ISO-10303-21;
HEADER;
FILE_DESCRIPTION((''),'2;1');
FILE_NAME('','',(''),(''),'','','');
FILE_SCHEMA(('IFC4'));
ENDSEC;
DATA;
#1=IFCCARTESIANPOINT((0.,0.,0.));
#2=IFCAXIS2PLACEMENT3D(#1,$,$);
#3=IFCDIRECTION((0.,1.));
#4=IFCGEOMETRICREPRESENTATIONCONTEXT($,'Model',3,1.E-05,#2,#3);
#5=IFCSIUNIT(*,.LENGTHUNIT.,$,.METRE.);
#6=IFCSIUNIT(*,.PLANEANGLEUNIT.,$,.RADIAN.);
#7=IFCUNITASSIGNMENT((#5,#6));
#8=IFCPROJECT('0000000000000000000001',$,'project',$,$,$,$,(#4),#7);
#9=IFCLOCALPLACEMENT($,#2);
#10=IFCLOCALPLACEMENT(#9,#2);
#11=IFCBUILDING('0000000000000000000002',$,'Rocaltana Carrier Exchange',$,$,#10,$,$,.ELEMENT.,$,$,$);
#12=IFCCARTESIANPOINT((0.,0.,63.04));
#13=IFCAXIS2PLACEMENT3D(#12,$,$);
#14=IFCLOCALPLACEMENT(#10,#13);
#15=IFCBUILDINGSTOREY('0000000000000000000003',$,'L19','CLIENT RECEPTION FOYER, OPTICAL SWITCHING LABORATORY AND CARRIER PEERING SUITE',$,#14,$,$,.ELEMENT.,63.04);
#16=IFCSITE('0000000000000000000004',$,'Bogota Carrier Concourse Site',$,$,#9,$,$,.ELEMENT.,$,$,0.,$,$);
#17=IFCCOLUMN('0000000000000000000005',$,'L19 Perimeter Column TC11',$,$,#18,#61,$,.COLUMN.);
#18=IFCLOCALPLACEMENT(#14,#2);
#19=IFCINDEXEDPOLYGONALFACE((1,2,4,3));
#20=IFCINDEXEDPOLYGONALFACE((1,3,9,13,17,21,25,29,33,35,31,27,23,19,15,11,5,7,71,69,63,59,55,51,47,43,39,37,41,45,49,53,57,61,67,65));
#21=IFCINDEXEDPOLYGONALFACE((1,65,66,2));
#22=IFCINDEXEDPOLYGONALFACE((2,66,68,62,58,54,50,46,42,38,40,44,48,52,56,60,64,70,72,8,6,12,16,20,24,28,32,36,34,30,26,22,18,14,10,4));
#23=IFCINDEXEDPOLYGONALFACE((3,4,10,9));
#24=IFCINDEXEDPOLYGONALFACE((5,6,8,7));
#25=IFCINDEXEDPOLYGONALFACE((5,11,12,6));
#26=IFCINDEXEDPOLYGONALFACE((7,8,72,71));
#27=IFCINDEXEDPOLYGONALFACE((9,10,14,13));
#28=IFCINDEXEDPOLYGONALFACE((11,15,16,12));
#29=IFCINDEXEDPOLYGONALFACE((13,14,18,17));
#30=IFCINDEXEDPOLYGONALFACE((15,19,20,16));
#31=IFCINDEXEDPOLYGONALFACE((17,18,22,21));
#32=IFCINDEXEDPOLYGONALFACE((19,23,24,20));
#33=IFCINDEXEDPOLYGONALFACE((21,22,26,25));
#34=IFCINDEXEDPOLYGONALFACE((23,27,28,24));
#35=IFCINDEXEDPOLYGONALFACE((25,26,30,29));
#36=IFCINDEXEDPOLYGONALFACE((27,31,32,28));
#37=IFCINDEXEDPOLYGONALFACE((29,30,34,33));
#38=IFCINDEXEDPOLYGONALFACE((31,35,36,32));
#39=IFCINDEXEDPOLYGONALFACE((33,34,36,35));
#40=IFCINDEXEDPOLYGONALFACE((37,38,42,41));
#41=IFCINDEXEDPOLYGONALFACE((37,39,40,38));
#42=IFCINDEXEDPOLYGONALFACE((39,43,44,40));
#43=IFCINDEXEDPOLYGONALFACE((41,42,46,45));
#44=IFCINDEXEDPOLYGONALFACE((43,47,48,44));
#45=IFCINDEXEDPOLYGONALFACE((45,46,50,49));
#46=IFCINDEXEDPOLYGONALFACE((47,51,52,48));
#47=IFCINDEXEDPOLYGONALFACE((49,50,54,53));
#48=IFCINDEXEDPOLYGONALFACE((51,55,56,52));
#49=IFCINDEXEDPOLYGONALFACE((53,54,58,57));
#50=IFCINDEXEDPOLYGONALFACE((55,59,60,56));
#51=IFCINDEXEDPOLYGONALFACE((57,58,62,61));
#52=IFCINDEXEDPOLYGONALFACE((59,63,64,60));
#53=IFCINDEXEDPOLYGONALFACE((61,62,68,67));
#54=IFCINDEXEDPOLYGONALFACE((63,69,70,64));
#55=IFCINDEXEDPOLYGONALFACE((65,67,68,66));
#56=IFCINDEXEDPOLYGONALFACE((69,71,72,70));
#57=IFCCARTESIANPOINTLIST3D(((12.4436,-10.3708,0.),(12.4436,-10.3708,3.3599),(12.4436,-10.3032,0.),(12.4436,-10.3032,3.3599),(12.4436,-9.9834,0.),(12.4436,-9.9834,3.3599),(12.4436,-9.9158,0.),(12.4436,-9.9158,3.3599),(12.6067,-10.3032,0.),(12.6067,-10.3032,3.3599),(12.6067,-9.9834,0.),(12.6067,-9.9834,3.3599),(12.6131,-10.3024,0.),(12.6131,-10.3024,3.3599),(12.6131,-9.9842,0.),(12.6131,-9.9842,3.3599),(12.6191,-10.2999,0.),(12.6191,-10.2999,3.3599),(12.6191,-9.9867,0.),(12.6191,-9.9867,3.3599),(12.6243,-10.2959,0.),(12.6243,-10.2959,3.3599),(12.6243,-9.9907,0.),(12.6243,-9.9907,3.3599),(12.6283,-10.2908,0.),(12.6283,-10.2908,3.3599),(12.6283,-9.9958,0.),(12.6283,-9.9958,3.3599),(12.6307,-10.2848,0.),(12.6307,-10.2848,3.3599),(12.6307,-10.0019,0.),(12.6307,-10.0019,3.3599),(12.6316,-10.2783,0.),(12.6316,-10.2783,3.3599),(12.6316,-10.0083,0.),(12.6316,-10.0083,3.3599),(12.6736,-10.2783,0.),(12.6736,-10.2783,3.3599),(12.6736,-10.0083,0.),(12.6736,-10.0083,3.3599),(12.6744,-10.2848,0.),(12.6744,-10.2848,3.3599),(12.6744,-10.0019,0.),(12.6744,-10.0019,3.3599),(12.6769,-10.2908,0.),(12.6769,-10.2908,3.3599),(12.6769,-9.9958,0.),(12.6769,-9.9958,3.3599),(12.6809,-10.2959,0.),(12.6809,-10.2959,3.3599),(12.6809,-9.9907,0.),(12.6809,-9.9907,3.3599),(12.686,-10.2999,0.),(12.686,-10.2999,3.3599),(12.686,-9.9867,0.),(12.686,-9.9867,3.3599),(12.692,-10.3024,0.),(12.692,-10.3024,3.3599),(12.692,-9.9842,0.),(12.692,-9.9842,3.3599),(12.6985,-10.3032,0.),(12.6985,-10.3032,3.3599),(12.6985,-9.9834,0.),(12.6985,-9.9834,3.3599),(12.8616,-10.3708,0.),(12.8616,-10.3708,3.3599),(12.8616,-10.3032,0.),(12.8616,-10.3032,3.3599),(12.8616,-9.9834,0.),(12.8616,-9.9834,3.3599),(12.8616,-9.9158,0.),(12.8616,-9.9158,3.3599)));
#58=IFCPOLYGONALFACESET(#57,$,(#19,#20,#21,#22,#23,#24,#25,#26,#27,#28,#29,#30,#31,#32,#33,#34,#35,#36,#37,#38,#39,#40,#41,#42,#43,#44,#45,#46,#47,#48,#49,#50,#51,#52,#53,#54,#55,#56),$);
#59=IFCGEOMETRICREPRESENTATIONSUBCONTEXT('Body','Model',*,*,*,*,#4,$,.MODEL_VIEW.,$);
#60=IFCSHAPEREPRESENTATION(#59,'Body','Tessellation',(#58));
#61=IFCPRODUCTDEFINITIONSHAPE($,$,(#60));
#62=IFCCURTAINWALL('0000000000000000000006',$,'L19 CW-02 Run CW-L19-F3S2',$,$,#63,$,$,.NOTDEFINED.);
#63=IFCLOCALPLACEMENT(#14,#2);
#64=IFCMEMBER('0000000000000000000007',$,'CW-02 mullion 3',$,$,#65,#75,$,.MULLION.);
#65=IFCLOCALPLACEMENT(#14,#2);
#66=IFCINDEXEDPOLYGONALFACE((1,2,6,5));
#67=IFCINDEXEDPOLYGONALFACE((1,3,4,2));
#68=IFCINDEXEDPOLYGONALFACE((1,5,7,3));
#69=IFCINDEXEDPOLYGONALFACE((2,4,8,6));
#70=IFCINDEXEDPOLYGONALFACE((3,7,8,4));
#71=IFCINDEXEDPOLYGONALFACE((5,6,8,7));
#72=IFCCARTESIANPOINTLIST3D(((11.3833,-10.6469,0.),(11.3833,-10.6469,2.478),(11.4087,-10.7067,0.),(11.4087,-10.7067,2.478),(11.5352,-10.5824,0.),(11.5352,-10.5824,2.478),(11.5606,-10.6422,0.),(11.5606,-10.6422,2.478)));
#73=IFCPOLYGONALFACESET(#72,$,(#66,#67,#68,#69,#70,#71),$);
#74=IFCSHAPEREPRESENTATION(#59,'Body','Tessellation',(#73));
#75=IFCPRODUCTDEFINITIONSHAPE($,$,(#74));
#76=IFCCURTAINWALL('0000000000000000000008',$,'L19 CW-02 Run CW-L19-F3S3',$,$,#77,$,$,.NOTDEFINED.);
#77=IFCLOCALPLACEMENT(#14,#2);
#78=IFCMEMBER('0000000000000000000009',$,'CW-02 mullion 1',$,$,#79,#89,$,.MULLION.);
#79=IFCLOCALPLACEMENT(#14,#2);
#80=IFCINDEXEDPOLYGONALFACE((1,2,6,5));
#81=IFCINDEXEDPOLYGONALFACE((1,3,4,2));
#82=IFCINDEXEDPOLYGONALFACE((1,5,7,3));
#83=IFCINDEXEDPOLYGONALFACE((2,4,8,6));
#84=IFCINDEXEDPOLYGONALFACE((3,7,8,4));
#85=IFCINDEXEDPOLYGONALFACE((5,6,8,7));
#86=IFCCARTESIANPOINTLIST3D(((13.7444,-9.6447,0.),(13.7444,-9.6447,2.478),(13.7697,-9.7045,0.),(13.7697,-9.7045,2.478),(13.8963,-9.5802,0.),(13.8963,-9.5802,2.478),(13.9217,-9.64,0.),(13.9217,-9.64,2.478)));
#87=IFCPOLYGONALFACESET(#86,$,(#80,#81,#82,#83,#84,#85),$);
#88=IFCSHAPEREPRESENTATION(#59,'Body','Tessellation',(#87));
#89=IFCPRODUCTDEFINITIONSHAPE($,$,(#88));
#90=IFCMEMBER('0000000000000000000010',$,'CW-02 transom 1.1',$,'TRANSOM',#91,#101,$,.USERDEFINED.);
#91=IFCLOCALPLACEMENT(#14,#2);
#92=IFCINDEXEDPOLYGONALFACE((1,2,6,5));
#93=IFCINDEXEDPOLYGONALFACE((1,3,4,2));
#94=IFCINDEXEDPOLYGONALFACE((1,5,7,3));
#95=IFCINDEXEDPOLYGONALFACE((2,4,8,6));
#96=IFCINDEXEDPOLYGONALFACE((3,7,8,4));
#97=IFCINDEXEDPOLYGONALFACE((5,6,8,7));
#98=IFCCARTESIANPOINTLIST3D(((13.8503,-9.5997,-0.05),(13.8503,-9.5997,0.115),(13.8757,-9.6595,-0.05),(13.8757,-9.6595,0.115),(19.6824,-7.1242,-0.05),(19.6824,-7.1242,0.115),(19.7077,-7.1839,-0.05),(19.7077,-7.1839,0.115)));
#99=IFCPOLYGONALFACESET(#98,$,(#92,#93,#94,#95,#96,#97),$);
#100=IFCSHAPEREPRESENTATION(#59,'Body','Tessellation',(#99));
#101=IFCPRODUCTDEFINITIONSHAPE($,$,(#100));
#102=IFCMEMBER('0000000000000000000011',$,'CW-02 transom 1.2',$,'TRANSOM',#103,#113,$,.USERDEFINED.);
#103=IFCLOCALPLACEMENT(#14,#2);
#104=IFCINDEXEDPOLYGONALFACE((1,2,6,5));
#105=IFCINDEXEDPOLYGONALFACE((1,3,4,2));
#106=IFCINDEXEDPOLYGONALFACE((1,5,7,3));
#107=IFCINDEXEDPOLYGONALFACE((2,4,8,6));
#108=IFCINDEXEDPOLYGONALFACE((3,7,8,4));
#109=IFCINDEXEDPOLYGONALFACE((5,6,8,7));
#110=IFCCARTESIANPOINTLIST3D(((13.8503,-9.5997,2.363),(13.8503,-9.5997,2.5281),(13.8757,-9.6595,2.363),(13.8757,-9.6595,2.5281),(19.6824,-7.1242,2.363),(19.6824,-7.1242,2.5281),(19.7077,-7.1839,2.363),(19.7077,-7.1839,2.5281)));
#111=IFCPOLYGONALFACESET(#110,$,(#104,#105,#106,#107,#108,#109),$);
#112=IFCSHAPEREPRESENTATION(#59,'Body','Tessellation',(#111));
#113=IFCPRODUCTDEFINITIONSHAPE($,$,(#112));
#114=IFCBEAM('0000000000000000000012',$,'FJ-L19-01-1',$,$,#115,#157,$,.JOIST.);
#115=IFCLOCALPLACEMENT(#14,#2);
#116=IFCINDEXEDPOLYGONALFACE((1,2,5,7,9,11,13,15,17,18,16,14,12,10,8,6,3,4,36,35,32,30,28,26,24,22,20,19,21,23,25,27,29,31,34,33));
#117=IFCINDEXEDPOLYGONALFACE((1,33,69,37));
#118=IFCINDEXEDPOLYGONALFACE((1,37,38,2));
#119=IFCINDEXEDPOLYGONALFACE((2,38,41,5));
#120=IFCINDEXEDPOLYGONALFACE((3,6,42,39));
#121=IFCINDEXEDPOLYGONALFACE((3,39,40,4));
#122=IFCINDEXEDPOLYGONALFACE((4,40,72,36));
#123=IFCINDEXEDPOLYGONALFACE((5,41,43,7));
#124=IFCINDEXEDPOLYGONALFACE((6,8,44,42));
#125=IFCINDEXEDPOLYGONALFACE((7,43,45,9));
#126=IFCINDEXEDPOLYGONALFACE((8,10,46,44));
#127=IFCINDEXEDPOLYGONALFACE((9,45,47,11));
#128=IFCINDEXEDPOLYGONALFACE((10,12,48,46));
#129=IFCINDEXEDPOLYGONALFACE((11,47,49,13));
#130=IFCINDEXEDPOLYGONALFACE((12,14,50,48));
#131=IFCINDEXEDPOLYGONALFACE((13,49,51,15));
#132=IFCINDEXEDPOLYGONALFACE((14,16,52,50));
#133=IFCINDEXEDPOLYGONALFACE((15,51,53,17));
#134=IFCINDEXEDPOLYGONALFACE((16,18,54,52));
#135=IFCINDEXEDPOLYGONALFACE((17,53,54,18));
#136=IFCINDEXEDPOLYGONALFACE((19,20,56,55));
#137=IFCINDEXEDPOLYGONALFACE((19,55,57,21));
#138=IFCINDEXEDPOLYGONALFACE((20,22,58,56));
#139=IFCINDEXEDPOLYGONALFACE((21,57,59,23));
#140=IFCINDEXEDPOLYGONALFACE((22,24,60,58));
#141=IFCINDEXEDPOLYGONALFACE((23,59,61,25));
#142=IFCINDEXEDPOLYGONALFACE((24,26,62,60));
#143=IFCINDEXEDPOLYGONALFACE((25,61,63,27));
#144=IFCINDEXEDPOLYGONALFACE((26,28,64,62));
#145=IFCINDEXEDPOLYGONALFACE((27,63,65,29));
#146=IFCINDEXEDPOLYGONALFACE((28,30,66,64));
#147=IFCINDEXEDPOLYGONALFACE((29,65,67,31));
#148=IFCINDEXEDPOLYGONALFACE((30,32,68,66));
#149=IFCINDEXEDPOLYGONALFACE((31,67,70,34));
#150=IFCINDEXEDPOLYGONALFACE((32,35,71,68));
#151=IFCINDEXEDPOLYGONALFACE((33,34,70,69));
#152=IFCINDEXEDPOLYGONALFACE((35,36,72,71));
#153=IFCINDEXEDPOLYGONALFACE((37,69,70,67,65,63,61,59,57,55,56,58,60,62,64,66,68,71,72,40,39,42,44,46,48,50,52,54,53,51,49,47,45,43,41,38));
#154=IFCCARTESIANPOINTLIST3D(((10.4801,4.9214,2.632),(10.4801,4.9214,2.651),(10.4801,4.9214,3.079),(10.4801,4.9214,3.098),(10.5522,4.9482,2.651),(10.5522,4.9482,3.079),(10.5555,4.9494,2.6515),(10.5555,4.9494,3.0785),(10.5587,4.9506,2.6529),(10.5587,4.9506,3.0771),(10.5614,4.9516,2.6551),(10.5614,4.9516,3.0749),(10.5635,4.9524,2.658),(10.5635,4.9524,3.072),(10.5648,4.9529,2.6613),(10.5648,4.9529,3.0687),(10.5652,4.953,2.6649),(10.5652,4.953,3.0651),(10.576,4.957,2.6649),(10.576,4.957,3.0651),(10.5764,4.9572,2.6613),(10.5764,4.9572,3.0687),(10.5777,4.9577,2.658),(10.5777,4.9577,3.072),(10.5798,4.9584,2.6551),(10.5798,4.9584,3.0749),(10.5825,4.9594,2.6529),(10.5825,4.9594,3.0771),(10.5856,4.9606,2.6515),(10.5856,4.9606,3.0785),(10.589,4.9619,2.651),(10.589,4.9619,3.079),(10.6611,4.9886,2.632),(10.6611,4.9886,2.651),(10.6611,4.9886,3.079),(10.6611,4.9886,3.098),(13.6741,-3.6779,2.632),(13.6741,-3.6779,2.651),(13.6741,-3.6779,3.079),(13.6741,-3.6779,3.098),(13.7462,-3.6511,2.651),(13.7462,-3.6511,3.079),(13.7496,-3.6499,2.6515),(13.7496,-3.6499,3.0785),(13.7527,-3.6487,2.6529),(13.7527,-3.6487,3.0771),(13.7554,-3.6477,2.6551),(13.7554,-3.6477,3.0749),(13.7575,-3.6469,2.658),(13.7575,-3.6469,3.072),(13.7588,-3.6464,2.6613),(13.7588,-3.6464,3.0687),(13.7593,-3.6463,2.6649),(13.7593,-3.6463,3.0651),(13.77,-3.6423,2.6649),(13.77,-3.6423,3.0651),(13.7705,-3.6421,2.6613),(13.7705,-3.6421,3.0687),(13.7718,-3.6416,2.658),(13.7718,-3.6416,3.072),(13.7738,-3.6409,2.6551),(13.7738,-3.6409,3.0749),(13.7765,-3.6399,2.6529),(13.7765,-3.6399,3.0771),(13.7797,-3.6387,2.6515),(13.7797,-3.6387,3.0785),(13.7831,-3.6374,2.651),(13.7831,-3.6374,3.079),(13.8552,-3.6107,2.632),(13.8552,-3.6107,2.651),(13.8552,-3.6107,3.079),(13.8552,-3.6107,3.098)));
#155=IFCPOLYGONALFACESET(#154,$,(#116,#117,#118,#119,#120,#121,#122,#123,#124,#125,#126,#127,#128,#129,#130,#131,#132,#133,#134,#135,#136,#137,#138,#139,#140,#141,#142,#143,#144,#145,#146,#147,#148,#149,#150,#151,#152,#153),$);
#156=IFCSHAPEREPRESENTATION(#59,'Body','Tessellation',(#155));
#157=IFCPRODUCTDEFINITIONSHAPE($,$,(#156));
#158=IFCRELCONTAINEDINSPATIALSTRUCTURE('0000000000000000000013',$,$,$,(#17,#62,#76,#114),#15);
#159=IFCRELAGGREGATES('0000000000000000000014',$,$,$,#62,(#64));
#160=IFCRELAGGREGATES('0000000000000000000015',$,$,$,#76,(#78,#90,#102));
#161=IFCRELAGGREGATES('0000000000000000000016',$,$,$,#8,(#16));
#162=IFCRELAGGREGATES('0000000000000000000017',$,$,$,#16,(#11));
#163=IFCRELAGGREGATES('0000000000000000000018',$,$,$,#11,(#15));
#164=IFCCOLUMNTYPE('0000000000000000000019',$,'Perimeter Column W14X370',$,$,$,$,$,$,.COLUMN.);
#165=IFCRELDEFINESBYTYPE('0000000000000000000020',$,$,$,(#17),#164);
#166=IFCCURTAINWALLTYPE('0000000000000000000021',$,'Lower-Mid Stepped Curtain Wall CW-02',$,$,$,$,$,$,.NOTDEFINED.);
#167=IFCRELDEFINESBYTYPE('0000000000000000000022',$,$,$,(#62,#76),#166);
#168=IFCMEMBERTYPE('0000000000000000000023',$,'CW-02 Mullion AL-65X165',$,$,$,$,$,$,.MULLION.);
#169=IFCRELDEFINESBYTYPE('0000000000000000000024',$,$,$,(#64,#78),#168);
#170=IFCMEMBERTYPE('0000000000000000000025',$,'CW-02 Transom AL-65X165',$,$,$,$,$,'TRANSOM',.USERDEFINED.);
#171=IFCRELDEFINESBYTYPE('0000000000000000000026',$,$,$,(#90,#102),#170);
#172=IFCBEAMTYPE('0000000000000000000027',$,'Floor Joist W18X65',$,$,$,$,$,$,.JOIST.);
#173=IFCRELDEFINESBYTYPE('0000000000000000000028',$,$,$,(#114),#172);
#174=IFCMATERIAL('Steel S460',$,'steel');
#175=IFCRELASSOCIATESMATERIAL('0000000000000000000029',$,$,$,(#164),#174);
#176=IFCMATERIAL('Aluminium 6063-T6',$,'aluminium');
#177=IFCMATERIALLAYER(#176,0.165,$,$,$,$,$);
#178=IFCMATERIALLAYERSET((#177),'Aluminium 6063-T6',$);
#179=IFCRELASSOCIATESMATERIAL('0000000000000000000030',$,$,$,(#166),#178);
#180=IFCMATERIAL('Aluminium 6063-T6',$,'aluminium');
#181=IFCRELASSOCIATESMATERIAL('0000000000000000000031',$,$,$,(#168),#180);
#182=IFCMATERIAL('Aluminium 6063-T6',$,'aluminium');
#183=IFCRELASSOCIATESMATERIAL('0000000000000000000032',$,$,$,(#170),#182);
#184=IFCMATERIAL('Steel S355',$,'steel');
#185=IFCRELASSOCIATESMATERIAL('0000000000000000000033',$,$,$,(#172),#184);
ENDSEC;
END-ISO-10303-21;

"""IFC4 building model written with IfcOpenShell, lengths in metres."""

from ifc_helpers import new_model, si_unit, direction, frame, origin, origin_2d, place, context, subcontext, project, spatial, rectangle, i_section, extrude, material, layer, layer_set, material_profile, profile_set, type_object, element, aggregate, save


model = new_model("IFC4")

# Units and contexts
model_context = context("Model", 3, precision=1e-05, world=origin(), true_north=direction((0.0, 1.0)))
body_context = subcontext(model_context, "Body", "Model", "MODEL_VIEW")
ifc_project = project(units=[si_unit("LENGTHUNIT", "METRE"), si_unit("PLANEANGLEUNIT", "RADIAN")], contexts=[model_context])

# Site, building, storey
site_placement = place(None, origin())
site = spatial("IfcSite", under=ifc_project, at=site_placement, Name="Bogota Carrier Concourse Site", CompositionType="ELEMENT", RefElevation=0.0)
building_placement = place(site_placement, origin())
building = spatial("IfcBuilding", under=site, at=building_placement, Name="Rocaltana Carrier Exchange", CompositionType="ELEMENT")
storey_placement = place(building_placement, frame((0.0, 0.0, 63.04)))
storey = spatial("IfcBuildingStorey", under=building, at=storey_placement, Name="L19", Description="CLIENT RECEPTION FOYER, OPTICAL SWITCHING LABORATORY AND CARRIER PEERING SUITE", CompositionType="ELEMENT", Elevation=63.04)

# Column
ifc_material_1 = material(Name="Steel S460", Category="steel")
ifc_material_profile_1 = material_profile(ifc_material_1, i_section(OverallWidth=0.418, OverallDepth=0.4551, WebThickness=0.042, FlangeThickness=0.0676, FilletRadius=0.0249, at=origin_2d()), Name="W14X370")
ifc_profile_set_1 = profile_set([ifc_material_profile_1], Name="Steel S460")
column_type = type_object("IfcColumnType", Name="Perimeter Column W14X370", PredefinedType="COLUMN", material=ifc_profile_set_1)
column_placement = place(storey_placement, frame((12.6526, -10.1433, 0.0), z_axis=(0.0, 0.0, 1.0), x_axis=(1.0, 0.0, 0.0)))
element("IfcColumn", 1, at=column_placement, inside=storey, type_object=column_type, Name="L19 Perimeter Column TC11", PredefinedType="COLUMN", context=body_context, shape_type="SweptSolid", body=[
    extrude(i_section(OverallWidth=0.418, OverallDepth=0.4551, WebThickness=0.042, FlangeThickness=0.0676, FilletRadius=0.0249, at=origin_2d()), origin(), (0.0, 0.0, 1.0), 3.3599),
])

# Curtain wall, member
ifc_material_2 = material(Name="Aluminium 6063-T6", Category="aluminium")
ifc_layer_1 = layer(ifc_material_2, 0.165)
ifc_layer_set_1 = layer_set([ifc_layer_1], Name="Aluminium 6063-T6")
curtain_wall_type = type_object("IfcCurtainWallType", Name="Lower-Mid Stepped Curtain Wall CW-02", PredefinedType="NOTDEFINED", material=ifc_layer_set_1)
curtain_wall_1_placement = place(storey_placement, origin())
curtain_wall_1 = element("IfcCurtainWall", 2, at=curtain_wall_1_placement, inside=storey, type_object=curtain_wall_type, Name="L19 CW-02 Run CW-L19-F3S2", PredefinedType="NOTDEFINED")
ifc_material_3 = material(Name="Aluminium 6063-T6", Category="aluminium")
ifc_material_profile_2 = material_profile(ifc_material_3, rectangle(XDim=0.0649, YDim=0.165, at=origin_2d()), Name="AL-65X165")
ifc_profile_set_2 = profile_set([ifc_material_profile_2], Name="Aluminium 6063-T6")
member_type_1 = type_object("IfcMemberType", Name="CW-02 Mullion AL-65X165", PredefinedType="MULLION", material=ifc_profile_set_2)
member_1_placement = place(storey_placement, frame((11.4719, -10.6445, 0.0), z_axis=(0.0, 0.0, 1.0), x_axis=(-0.390729, 0.920506, 0.0)))
member_1 = element("IfcMember", 3, at=member_1_placement, type_object=member_type_1, Name="CW-02 mullion 3", PredefinedType="MULLION", context=body_context, shape_type="SweptSolid", body=[
    extrude(rectangle(XDim=0.0649, YDim=0.165, at=origin_2d()), origin(), (0.0, 0.0, 1.0), 2.478),
])
aggregate(curtain_wall_1, [member_1])

# Curtain wall, members
curtain_wall_2_placement = place(storey_placement, origin())
curtain_wall_2 = element("IfcCurtainWall", 4, at=curtain_wall_2_placement, inside=storey, type_object=curtain_wall_type, Name="L19 CW-02 Run CW-L19-F3S3", PredefinedType="NOTDEFINED")
member_2_placement = place(storey_placement, frame((13.833, -9.6423, 0.0), z_axis=(0.0, 0.0, 1.0), x_axis=(-0.390735, 0.920503, 0.0)))
member_2 = element("IfcMember", 5, at=member_2_placement, type_object=member_type_1, Name="CW-02 mullion 1", PredefinedType="MULLION", context=body_context, shape_type="SweptSolid", body=[
    extrude(rectangle(XDim=0.0649, YDim=0.165, at=origin_2d()), origin(), (0.0, 0.0, 1.0), 2.478),
])
ifc_material_4 = material(Name="Aluminium 6063-T6", Category="aluminium")
ifc_material_profile_3 = material_profile(ifc_material_4, rectangle(XDim=0.0649, YDim=0.165, at=origin_2d()), Name="AL-65X165")
ifc_profile_set_3 = profile_set([ifc_material_profile_3], Name="Aluminium 6063-T6")
member_type_2 = type_object("IfcMemberType", Name="CW-02 Transom AL-65X165", ElementType="TRANSOM", PredefinedType="USERDEFINED", material=ifc_profile_set_3)
member_3_placement = place(storey_placement, frame((13.863, -9.6296, 0.0325), z_axis=(0.920503, 0.390736, 0.0), x_axis=(-0.390736, 0.920503, 0.0)))
member_3 = element("IfcMember", 6, at=member_3_placement, type_object=member_type_2, Name="CW-02 transom 1.1", ObjectType="TRANSOM", PredefinedType="USERDEFINED", context=body_context, shape_type="SweptSolid", body=[
    extrude(rectangle(XDim=0.0649, YDim=0.165, at=origin_2d()), origin(), (0.0, 0.0, 1.0), 6.3357),
])
member_4_placement = place(storey_placement, frame((13.863, -9.6296, 2.4456), z_axis=(0.920503, 0.390736, 0.0), x_axis=(-0.390736, 0.920503, 0.0)))
member_4 = element("IfcMember", 7, at=member_4_placement, type_object=member_type_2, Name="CW-02 transom 1.2", ObjectType="TRANSOM", PredefinedType="USERDEFINED", context=body_context, shape_type="SweptSolid", body=[
    extrude(rectangle(XDim=0.0649, YDim=0.165, at=origin_2d()), origin(), (0.0, 0.0, 1.0), 6.3357),
])

# Beam
ifc_material_5 = material(Name="Steel S355", Category="steel")
ifc_material_profile_4 = material_profile(ifc_material_5, i_section(OverallWidth=0.1931, OverallDepth=0.4661, WebThickness=0.0115, FlangeThickness=0.019, FilletRadius=0.0139, at=origin_2d()), Name="W18X65")
ifc_profile_set_4 = profile_set([ifc_material_profile_4], Name="Steel S355")
beam_type_1 = type_object("IfcBeamType", Name="Floor Joist W18X65", PredefinedType="JOIST", material=ifc_profile_set_4)
beam_1_placement = place(storey_placement, frame((13.7646, -3.6443, 2.865), z_axis=(-0.348191, 0.937424, 0.0), x_axis=(-0.937424, -0.348191, 0.0)))
element("IfcBeam", 8, at=beam_1_placement, inside=storey, type_object=beam_type_1, Name="FJ-L19-01-1", PredefinedType="JOIST", context=body_context, shape_type="SweptSolid", body=[
    extrude(i_section(OverallWidth=0.1931, OverallDepth=0.4661, WebThickness=0.0115, FlangeThickness=0.019, FilletRadius=0.0139, at=origin_2d()), origin(), (0.0, 0.0, 1.0), 9.1733),
])

aggregate(curtain_wall_2, [member_2, member_3, member_4])

save(model, "model.ifc")
